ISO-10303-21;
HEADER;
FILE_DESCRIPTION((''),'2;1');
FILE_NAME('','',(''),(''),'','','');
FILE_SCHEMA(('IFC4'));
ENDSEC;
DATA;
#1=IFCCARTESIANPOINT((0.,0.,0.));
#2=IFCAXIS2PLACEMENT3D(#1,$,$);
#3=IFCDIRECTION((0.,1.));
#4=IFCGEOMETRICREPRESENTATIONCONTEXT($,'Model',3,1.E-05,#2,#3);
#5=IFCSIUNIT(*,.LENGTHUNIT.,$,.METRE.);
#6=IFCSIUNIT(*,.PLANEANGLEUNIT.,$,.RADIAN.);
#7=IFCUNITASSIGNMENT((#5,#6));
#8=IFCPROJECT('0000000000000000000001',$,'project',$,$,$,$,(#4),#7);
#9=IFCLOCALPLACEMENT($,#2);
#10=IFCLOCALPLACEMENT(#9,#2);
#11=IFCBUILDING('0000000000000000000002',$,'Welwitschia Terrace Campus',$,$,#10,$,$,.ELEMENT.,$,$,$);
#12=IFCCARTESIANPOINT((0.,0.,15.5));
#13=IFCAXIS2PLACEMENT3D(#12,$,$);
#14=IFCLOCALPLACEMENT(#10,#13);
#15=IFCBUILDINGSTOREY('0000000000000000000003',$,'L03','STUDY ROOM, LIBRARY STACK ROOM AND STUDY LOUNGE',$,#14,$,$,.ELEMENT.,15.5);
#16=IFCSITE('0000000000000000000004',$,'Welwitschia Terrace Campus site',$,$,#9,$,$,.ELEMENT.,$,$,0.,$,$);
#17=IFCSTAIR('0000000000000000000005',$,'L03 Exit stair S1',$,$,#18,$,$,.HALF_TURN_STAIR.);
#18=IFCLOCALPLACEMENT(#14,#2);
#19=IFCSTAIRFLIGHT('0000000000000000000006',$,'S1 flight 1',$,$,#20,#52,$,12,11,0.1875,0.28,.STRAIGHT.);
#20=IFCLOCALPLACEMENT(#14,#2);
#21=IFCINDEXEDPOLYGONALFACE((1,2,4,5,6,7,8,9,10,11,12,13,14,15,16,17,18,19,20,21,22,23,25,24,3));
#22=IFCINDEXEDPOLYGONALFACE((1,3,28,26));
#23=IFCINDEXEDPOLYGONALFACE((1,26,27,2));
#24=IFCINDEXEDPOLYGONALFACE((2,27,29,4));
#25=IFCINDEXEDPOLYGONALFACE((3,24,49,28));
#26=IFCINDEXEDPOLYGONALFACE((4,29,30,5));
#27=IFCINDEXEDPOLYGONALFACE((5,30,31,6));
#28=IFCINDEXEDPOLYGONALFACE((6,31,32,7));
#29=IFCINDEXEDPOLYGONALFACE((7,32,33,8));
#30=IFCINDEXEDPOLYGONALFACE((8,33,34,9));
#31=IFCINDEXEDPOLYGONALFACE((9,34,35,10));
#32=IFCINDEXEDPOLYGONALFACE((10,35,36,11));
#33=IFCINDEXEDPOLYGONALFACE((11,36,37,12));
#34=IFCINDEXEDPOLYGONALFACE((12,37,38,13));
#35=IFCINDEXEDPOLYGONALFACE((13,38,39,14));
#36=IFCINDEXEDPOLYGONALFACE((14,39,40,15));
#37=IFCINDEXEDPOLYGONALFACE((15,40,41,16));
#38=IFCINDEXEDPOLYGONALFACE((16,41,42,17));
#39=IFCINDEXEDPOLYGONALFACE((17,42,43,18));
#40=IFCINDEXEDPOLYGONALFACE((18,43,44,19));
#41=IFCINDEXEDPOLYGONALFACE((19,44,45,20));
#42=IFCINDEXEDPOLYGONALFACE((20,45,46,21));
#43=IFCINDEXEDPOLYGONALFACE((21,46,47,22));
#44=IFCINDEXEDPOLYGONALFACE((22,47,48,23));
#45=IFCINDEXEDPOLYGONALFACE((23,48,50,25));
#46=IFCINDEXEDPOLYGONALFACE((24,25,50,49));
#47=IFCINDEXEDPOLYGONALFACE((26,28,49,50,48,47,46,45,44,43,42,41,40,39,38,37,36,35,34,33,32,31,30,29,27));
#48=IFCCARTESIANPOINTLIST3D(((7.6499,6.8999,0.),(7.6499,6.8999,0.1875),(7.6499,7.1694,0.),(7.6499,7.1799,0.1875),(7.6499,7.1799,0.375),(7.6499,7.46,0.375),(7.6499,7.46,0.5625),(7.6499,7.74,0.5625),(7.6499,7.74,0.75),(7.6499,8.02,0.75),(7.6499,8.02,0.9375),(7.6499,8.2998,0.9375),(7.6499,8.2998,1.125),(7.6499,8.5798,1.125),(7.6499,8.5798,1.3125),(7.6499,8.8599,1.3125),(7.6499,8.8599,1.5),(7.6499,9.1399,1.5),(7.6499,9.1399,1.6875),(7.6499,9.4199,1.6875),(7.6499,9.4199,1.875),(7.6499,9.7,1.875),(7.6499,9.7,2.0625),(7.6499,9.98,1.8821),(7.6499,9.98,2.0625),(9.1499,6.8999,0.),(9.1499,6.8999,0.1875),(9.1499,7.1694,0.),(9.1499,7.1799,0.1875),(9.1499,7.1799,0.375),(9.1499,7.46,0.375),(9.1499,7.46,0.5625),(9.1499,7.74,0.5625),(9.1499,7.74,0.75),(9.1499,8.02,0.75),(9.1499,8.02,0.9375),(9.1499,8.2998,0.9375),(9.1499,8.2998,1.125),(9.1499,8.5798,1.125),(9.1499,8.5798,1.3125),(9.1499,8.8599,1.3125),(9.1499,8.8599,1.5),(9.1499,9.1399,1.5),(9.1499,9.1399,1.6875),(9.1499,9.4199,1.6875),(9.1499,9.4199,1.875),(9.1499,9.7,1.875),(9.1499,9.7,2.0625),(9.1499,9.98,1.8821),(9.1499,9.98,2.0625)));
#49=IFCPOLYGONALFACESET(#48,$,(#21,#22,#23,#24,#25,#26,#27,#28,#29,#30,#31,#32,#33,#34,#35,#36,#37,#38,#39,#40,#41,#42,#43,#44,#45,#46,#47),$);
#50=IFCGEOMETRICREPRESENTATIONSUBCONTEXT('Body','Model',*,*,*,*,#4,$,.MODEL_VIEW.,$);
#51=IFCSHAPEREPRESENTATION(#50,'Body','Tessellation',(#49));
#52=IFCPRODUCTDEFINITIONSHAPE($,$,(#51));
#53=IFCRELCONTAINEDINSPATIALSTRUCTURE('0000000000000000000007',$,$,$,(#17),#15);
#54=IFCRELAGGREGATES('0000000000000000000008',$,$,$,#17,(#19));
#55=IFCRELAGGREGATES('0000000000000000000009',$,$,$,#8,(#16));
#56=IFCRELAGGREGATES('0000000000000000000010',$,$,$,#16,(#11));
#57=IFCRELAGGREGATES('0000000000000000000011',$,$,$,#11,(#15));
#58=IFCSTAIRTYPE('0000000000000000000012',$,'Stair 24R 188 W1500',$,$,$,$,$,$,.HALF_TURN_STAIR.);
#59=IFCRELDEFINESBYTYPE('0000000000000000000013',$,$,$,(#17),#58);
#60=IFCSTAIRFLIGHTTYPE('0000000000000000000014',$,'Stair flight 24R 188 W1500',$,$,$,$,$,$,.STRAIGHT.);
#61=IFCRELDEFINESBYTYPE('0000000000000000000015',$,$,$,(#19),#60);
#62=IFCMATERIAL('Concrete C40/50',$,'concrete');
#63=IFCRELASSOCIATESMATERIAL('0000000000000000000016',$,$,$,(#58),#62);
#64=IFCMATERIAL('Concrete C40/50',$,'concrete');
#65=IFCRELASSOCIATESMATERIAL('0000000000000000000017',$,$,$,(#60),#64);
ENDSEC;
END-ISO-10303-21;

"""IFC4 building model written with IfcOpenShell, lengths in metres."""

from ifc_helpers import new_model, si_unit, direction, frame, origin, place, context, subcontext, project, spatial, polyline, outline, extrude, material, type_object, element, aggregate, save


model = new_model("IFC4")

# Units and contexts
model_context = context("Model", 3, precision=1e-05, world=origin(), true_north=direction((0.0, 1.0)))
body_context = subcontext(model_context, "Body", "Model", "MODEL_VIEW")
ifc_project = project(units=[si_unit("LENGTHUNIT", "METRE"), si_unit("PLANEANGLEUNIT", "RADIAN")], contexts=[model_context])

# Site, building, storey
site_placement = place(None, origin())
site = spatial("IfcSite", under=ifc_project, at=site_placement, Name="Welwitschia Terrace Campus site", CompositionType="ELEMENT", RefElevation=0.0)
building_placement = place(site_placement, origin())
building = spatial("IfcBuilding", under=site, at=building_placement, Name="Welwitschia Terrace Campus", CompositionType="ELEMENT")
storey_placement = place(building_placement, frame((0.0, 0.0, 15.5)))
storey = spatial("IfcBuildingStorey", under=building, at=storey_placement, Name="L03", Description="STUDY ROOM, LIBRARY STACK ROOM AND STUDY LOUNGE", CompositionType="ELEMENT", Elevation=15.5)

# Stair, stair flight
ifc_material_1 = material(Name="Concrete C40/50", Category="concrete")
stair_type = type_object("IfcStairType", Name="Stair 24R 188 W1500", PredefinedType="HALF_TURN_STAIR", material=ifc_material_1)
stair_placement = place(storey_placement, origin())
stair = element("IfcStair", 1, at=stair_placement, inside=storey, type_object=stair_type, Name="L03 Exit stair S1", PredefinedType="HALF_TURN_STAIR")
ifc_material_2 = material(Name="Concrete C40/50", Category="concrete")
stair_flight_type = type_object("IfcStairFlightType", Name="Stair flight 24R 188 W1500", PredefinedType="STRAIGHT", material=ifc_material_2)
stair_flight_placement = place(storey_placement, frame((8.3999, 6.8999, 0.0), z_axis=(0.0, 0.0, 1.0), x_axis=(0.0, 1.0, 0.0)))
stair_flight = element("IfcStairFlight", 2, at=stair_flight_placement, type_object=stair_flight_type, Name="S1 flight 1", NumberOfRisers=12, NumberOfTreads=11, PredefinedType="STRAIGHT", RiserHeight=0.1875, TreadLength=0.28, context=body_context, shape_type="SweptSolid", body=[
    extrude(outline(polyline([(0.0, 0.0), (0.0, 0.1875), (0.28, 0.1875), (0.28, 0.375), (0.5601, 0.375), (0.5601, 0.5625), (0.8401, 0.5625), (0.8401, 0.75), (1.1201, 0.75), (1.1201, 0.9375), (1.3999, 0.9375), (1.3999, 1.125), (1.6799, 1.125), (1.6799, 1.3125), (1.96, 1.3125), (1.96, 1.5), (2.24, 1.5), (2.24, 1.6875), (2.52, 1.6875), (2.52, 1.875), (2.8, 1.875), (2.8, 2.0625), (3.0801, 2.0625), (3.0801, 2.25), (3.0801, 1.8821), (0.2695, 0.0), (0.0, 0.0)])), frame((0.0, 0.75, 0.0), z_axis=(0.0, -1.0, 0.0), x_axis=(1.0, 0.0, 0.0)), (0.0, 0.0, 1.0), 1.5),
])
aggregate(stair, [stair_flight])

save(model, "model.ifc")
